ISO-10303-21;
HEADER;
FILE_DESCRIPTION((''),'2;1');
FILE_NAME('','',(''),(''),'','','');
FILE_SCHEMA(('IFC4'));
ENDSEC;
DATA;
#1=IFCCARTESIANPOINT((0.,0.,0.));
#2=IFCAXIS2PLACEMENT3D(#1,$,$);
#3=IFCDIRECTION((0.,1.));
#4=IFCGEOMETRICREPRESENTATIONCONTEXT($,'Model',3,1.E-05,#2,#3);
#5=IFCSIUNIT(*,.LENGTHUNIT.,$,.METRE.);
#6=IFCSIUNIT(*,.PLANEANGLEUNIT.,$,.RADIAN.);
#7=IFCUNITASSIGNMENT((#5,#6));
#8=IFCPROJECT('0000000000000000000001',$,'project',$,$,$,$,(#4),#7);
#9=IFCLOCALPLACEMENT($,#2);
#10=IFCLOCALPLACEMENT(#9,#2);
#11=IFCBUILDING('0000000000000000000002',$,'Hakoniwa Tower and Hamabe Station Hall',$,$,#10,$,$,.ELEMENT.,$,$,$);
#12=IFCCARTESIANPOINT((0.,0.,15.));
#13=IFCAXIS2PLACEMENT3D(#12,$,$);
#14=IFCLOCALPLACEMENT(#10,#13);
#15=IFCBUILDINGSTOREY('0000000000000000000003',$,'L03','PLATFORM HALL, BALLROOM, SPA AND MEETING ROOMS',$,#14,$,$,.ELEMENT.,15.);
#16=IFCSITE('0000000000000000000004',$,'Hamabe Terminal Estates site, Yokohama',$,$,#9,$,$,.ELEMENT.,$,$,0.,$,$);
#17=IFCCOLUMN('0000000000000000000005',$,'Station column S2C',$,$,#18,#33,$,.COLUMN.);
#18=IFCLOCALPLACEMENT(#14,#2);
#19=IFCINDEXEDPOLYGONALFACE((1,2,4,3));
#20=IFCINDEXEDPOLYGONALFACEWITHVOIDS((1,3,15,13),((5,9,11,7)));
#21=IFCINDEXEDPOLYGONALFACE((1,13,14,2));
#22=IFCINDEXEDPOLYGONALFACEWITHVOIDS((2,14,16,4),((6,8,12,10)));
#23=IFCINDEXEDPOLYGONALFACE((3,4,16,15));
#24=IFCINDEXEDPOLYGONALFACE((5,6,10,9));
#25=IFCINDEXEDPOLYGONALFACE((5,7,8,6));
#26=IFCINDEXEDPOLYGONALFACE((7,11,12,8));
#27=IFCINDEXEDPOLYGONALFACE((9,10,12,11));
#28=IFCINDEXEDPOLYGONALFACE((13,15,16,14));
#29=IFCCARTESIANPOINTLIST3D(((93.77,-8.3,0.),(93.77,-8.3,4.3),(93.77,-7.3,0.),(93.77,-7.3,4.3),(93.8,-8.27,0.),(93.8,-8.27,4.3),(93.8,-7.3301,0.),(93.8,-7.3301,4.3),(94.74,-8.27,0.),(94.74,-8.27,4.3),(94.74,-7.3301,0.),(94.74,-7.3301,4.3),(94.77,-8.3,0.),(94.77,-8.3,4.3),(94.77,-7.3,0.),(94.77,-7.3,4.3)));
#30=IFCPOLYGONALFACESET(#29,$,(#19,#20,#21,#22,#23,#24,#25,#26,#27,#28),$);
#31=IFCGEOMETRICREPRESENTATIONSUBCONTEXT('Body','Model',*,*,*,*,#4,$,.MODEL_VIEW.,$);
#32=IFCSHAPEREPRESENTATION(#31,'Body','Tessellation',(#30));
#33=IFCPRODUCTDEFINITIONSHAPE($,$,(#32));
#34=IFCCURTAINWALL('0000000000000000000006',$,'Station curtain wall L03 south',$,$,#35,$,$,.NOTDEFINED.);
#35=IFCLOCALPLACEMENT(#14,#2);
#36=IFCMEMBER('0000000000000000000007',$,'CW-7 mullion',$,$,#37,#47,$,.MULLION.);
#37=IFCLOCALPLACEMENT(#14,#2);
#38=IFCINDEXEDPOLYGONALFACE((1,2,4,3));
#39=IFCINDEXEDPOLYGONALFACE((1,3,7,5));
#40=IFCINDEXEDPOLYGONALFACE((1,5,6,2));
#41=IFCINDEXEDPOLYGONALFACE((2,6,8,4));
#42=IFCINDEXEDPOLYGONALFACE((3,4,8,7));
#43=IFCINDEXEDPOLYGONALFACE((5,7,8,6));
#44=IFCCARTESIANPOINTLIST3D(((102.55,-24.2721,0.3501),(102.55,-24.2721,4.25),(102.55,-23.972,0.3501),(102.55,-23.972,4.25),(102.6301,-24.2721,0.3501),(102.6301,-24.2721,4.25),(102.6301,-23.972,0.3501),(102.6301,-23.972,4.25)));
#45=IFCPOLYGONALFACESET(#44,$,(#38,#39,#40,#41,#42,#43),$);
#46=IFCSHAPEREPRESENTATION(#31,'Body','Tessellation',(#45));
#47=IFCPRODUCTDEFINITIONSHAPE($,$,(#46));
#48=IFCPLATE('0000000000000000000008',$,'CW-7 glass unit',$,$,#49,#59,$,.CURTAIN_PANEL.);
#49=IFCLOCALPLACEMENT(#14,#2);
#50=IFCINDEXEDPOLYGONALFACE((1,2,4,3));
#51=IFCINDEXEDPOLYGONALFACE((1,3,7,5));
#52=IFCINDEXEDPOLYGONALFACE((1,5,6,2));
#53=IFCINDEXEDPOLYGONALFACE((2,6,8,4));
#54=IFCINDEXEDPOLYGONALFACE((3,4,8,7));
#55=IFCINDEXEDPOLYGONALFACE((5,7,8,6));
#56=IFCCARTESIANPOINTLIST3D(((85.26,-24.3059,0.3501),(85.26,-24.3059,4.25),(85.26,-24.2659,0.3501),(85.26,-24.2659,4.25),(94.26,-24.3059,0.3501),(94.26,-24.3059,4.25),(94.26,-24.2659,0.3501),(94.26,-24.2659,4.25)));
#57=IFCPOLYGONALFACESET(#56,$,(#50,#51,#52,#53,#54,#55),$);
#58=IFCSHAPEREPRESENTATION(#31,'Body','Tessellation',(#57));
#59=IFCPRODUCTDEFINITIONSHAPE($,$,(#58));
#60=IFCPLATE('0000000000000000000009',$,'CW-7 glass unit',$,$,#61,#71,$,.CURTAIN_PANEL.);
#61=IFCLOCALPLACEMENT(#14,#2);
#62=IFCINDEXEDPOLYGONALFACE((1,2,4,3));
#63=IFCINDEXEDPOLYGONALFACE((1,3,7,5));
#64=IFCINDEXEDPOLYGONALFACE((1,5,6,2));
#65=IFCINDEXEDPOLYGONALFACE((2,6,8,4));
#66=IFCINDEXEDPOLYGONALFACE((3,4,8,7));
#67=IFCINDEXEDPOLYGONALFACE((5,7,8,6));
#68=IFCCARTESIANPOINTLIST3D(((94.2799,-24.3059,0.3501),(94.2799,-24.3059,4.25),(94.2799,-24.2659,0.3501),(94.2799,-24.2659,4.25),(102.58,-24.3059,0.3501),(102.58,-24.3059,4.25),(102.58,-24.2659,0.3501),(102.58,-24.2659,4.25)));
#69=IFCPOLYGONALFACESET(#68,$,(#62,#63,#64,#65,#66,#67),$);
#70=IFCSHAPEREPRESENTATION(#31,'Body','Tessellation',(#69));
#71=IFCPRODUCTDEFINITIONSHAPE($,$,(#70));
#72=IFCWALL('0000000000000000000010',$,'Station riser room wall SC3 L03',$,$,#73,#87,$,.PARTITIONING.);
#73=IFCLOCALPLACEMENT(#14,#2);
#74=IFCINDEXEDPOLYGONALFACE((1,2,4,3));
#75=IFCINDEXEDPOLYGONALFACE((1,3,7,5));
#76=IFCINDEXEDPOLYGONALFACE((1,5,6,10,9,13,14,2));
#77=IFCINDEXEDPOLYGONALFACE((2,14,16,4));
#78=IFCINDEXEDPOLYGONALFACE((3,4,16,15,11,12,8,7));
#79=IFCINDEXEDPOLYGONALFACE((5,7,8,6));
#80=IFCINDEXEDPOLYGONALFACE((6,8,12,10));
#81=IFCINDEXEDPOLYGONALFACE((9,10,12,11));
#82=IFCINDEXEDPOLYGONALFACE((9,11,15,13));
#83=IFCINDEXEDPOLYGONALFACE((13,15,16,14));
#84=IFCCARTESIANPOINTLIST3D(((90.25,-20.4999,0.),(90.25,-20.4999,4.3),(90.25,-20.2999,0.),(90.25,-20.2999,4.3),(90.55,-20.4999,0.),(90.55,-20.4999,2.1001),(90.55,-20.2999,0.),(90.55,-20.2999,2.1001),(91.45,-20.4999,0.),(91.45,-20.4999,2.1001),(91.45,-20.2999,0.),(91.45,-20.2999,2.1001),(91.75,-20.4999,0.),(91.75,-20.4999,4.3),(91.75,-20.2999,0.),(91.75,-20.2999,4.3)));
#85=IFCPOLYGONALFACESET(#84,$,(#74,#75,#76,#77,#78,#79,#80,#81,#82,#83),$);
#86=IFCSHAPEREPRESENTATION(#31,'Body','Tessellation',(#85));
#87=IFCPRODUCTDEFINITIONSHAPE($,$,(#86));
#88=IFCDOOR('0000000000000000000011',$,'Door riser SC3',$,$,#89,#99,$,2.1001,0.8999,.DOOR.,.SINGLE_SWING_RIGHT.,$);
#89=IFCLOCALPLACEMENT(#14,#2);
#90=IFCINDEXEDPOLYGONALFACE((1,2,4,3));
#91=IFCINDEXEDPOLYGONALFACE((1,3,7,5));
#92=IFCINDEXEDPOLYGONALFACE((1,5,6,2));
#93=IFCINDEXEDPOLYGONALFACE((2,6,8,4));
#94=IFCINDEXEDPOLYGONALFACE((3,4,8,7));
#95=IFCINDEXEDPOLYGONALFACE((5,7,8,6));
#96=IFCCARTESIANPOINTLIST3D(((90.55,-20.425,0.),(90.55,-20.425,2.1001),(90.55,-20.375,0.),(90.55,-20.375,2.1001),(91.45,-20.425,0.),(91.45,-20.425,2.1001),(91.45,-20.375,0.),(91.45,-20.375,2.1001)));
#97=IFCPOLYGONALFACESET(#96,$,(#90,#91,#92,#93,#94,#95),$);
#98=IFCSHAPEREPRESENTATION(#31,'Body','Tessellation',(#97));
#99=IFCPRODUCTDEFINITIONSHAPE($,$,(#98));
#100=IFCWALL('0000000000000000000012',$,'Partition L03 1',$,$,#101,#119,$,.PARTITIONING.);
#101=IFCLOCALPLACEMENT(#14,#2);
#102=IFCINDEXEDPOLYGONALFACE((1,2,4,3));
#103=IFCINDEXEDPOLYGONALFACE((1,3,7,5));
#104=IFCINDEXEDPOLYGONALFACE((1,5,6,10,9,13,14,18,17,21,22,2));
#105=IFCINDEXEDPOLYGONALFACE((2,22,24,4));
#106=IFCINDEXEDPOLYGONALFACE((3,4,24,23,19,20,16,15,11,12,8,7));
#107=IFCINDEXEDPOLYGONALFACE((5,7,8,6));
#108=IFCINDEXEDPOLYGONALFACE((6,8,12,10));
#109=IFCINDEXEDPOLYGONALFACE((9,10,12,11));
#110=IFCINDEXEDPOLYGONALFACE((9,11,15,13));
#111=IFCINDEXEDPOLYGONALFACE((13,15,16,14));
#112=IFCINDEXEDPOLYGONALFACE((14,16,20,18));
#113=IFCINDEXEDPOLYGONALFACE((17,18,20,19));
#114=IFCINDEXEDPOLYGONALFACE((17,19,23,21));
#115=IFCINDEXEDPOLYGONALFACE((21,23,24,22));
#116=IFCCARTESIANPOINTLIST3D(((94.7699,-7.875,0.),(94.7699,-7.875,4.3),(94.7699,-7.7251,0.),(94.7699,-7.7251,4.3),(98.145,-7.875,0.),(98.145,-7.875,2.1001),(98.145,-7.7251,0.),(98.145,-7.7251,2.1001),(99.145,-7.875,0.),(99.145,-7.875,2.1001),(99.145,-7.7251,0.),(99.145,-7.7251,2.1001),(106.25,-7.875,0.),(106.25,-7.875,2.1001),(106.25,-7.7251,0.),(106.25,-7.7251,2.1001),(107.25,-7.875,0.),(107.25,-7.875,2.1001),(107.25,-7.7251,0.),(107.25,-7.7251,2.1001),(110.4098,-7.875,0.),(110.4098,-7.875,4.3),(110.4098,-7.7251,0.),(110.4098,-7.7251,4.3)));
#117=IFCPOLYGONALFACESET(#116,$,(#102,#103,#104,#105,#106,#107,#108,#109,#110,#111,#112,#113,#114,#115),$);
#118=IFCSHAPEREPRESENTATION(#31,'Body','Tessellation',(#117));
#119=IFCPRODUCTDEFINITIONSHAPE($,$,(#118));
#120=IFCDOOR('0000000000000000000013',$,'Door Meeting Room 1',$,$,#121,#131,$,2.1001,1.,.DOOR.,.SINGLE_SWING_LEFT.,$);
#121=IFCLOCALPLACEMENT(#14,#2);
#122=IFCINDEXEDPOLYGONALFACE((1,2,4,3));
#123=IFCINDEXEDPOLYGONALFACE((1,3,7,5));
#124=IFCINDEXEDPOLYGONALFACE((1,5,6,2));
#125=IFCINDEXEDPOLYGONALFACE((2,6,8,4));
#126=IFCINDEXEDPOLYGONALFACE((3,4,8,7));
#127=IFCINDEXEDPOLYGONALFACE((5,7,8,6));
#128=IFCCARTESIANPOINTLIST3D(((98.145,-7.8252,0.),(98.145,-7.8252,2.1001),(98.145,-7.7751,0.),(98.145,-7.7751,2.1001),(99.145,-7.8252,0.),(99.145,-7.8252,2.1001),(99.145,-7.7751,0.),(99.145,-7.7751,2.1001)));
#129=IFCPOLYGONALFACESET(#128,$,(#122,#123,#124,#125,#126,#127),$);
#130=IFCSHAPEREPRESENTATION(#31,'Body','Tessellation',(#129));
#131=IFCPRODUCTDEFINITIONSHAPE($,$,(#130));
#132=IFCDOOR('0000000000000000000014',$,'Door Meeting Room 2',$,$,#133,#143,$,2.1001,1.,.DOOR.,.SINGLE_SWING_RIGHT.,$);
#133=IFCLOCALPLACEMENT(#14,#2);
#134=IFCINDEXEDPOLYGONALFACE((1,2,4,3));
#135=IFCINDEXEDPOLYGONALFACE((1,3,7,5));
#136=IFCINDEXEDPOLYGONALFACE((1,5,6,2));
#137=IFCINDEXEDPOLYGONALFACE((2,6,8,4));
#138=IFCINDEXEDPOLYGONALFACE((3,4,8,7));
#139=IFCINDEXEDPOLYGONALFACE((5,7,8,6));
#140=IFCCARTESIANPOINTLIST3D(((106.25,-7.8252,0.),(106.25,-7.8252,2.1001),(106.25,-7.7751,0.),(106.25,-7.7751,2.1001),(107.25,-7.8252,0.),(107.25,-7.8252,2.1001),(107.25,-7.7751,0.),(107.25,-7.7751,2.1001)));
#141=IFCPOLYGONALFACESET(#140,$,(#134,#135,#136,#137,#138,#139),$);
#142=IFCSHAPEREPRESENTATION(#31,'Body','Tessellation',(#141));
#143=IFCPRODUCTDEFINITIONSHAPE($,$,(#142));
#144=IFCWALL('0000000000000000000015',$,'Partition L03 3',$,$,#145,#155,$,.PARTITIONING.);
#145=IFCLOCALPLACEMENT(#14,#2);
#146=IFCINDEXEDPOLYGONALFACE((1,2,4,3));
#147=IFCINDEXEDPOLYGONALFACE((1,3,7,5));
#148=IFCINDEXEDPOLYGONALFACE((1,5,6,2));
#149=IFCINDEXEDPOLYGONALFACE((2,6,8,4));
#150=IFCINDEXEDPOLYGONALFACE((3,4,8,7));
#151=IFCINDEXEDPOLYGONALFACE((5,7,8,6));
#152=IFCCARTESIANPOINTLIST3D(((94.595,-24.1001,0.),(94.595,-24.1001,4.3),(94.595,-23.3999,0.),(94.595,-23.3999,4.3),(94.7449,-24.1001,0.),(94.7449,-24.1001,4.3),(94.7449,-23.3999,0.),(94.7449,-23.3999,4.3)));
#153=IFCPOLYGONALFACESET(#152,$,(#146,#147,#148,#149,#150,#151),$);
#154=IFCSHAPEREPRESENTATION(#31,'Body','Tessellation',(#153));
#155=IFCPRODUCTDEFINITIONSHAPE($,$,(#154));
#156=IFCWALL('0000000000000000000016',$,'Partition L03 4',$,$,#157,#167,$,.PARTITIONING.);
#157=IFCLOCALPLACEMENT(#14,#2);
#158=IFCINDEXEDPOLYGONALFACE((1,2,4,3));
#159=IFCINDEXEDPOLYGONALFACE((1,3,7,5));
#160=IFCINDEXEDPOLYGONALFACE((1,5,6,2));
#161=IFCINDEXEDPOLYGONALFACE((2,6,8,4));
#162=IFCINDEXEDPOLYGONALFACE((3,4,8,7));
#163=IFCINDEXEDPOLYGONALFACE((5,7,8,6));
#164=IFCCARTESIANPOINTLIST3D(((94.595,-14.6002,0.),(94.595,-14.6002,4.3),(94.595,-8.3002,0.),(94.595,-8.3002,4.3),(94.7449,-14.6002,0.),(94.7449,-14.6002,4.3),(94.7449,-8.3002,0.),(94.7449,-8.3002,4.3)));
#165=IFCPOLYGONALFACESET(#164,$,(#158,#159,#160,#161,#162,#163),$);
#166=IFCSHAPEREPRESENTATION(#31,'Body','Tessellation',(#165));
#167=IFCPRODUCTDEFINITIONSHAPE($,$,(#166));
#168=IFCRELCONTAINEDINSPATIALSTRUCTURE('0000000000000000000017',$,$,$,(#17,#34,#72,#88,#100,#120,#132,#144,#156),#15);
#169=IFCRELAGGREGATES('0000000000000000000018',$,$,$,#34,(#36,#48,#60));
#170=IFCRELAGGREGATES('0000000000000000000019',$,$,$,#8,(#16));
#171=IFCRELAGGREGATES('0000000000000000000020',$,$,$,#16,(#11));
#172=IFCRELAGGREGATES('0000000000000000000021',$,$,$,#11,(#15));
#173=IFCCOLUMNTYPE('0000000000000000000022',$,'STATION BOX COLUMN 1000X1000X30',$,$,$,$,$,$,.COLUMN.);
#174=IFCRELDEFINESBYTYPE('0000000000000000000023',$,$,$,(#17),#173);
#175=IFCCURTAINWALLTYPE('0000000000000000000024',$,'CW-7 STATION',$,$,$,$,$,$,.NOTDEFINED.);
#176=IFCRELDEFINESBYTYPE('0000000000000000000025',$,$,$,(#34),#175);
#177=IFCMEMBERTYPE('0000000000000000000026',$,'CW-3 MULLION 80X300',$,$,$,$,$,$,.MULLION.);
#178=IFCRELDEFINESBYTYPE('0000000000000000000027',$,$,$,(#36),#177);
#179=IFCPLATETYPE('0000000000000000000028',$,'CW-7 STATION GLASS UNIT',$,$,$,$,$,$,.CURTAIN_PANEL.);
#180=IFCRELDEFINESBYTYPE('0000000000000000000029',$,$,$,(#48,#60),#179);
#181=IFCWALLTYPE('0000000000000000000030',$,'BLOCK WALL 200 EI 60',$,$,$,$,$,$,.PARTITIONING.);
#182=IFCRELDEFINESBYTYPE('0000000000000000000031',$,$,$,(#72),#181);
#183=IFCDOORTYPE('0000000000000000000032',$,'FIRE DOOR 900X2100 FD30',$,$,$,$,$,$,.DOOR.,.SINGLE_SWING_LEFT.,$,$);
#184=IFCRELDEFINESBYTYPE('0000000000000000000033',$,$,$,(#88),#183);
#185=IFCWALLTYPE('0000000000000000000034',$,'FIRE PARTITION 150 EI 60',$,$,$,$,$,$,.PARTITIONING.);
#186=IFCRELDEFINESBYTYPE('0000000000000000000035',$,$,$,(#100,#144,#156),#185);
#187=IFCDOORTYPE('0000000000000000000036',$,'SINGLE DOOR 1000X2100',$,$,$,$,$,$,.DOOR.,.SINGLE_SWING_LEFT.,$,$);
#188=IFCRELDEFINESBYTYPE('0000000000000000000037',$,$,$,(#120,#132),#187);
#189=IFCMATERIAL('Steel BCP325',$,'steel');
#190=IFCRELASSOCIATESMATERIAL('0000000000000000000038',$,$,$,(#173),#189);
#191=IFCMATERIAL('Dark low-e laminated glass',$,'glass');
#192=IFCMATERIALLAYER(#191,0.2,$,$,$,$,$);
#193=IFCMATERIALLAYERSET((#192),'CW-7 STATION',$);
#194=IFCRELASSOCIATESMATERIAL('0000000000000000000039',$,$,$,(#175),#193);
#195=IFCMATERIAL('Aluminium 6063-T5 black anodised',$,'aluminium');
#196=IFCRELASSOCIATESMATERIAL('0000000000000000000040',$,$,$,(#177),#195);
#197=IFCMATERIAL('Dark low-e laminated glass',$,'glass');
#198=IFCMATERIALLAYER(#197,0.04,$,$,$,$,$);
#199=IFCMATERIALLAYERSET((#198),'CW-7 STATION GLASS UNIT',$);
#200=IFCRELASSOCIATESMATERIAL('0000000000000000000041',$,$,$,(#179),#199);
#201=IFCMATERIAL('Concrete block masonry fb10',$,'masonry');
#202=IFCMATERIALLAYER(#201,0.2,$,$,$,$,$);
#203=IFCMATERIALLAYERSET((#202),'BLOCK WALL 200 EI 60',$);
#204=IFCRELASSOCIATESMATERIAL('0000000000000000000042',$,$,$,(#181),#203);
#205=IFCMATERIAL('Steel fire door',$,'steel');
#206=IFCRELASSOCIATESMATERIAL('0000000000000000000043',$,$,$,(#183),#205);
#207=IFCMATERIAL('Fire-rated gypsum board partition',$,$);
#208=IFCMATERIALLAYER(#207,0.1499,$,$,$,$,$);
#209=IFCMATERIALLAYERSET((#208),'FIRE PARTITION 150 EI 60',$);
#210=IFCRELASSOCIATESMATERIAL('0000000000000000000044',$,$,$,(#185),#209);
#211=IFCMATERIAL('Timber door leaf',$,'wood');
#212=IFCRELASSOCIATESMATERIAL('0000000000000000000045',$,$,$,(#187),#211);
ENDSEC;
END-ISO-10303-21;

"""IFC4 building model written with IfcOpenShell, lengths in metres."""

from ifc_helpers import new_model, si_unit, direction, frame, frame_2d, origin, origin_2d, place, context, subcontext, project, spatial, rectangle, hollow_rectangle, extrude, material, layer, layer_set, material_profile, profile_set, type_object, element, fill, aggregate, save


model = new_model("IFC4")

# Units and contexts
model_context = context("Model", 3, precision=1e-05, world=origin(), true_north=direction((0.0, 1.0)))
body_context = subcontext(model_context, "Body", "Model", "MODEL_VIEW")
ifc_project = project(units=[si_unit("LENGTHUNIT", "METRE"), si_unit("PLANEANGLEUNIT", "RADIAN")], contexts=[model_context])

# Site, building, storey
site_placement = place(None, origin())
site = spatial("IfcSite", under=ifc_project, at=site_placement, Name="Hamabe Terminal Estates site, Yokohama", CompositionType="ELEMENT", RefElevation=0.0)
building_placement = place(site_placement, origin())
building = spatial("IfcBuilding", under=site, at=building_placement, Name="Hakoniwa Tower and Hamabe Station Hall", CompositionType="ELEMENT")
storey_placement = place(building_placement, frame((0.0, 0.0, 15.0)))
storey = spatial("IfcBuildingStorey", under=building, at=storey_placement, Name="L03", Description="PLATFORM HALL, BALLROOM, SPA AND MEETING ROOMS", CompositionType="ELEMENT", Elevation=15.0)

# Column
ifc_material_1 = material(Name="Steel BCP325", Category="steel")
ifc_material_profile_1 = material_profile(ifc_material_1, hollow_rectangle(XDim=1.0, YDim=1.0, WallThickness=0.03, at=origin_2d()), Name="STATION BOX COLUMN 1000X1000X30")
ifc_profile_set_1 = profile_set([ifc_material_profile_1], Name="Steel BCP325")
column_type = type_object("IfcColumnType", Name="STATION BOX COLUMN 1000X1000X30", PredefinedType="COLUMN", material=ifc_profile_set_1)
column_placement = place(storey_placement, frame((94.27, -7.8, 0.0), z_axis=(0.0, 0.0, 1.0), x_axis=(1.0, 0.0, 0.0)))
element("IfcColumn", 1, at=column_placement, inside=storey, type_object=column_type, Name="Station column S2C", PredefinedType="COLUMN", context=body_context, shape_type="SweptSolid", body=[
    extrude(hollow_rectangle(XDim=1.0, YDim=1.0, WallThickness=0.03, at=origin_2d()), origin(), (0.0, 0.0, 1.0), 4.3),
])

# Curtain wall, member, plates
ifc_material_2 = material(Name="Dark low-e laminated glass", Category="glass")
ifc_layer_1 = layer(ifc_material_2, 0.2)
ifc_layer_set_1 = layer_set([ifc_layer_1], Name="CW-7 STATION")
curtain_wall_type = type_object("IfcCurtainWallType", Name="CW-7 STATION", PredefinedType="NOTDEFINED", material=ifc_layer_set_1)
curtain_wall_placement = place(storey_placement, origin())
curtain_wall = element("IfcCurtainWall", 2, at=curtain_wall_placement, inside=storey, type_object=curtain_wall_type, Name="Station curtain wall L03 south", PredefinedType="NOTDEFINED")
ifc_material_3 = material(Name="Aluminium 6063-T5 black anodised", Category="aluminium")
ifc_material_profile_2 = material_profile(ifc_material_3, rectangle(XDim=0.0801, YDim=0.3, at=origin_2d()), Name="CW-3 MULLION 80X300")
ifc_profile_set_2 = profile_set([ifc_material_profile_2], Name="Aluminium 6063-T5 black anodised")
member_type = type_object("IfcMemberType", Name="CW-3 MULLION 80X300", PredefinedType="MULLION", material=ifc_profile_set_2)
member_placement = place(storey_placement, frame((102.5901, -24.1221, 0.3501), z_axis=(0.0, 0.0, 1.0), x_axis=(1.0, 0.0, 0.0)))
member = element("IfcMember", 3, at=member_placement, type_object=member_type, Name="CW-7 mullion", PredefinedType="MULLION", context=body_context, shape_type="SweptSolid", body=[
    extrude(rectangle(XDim=0.0801, YDim=0.3, at=origin_2d()), origin(), (0.0, 0.0, 1.0), 3.8999),
])
ifc_material_4 = material(Name="Dark low-e laminated glass", Category="glass")
ifc_layer_2 = layer(ifc_material_4, 0.04)
ifc_layer_set_2 = layer_set([ifc_layer_2], Name="CW-7 STATION GLASS UNIT")
plate_type = type_object("IfcPlateType", Name="CW-7 STATION GLASS UNIT", PredefinedType="CURTAIN_PANEL", material=ifc_layer_set_2)
plate_1_placement = place(storey_placement, frame((89.76, -24.2859, 0.3501), z_axis=(0.0, 0.0, 1.0), x_axis=(1.0, 0.0, 0.0)))
plate_1 = element("IfcPlate", 4, at=plate_1_placement, type_object=plate_type, Name="CW-7 glass unit", PredefinedType="CURTAIN_PANEL", context=body_context, shape_type="SweptSolid", body=[
    extrude(rectangle(XDim=9.0, YDim=0.04, at=origin_2d()), origin(), (0.0, 0.0, 1.0), 3.8999),
])
plate_2_placement = place(storey_placement, frame((98.4299, -24.2859, 0.3501), z_axis=(0.0, 0.0, 1.0), x_axis=(1.0, 0.0, 0.0)))
plate_2 = element("IfcPlate", 5, at=plate_2_placement, type_object=plate_type, Name="CW-7 glass unit", PredefinedType="CURTAIN_PANEL", context=body_context, shape_type="SweptSolid", body=[
    extrude(rectangle(XDim=8.3, YDim=0.04, at=origin_2d()), origin(), (0.0, 0.0, 1.0), 3.8999),
])
aggregate(curtain_wall, [member, plate_1, plate_2])

# Wall, opening, door
ifc_material_5 = material(Name="Concrete block masonry fb10", Category="masonry")
ifc_layer_3 = layer(ifc_material_5, 0.2)
ifc_layer_set_3 = layer_set([ifc_layer_3], Name="BLOCK WALL 200 EI 60")
wall_type_1 = type_object("IfcWallType", Name="BLOCK WALL 200 EI 60", PredefinedType="PARTITIONING", material=ifc_layer_set_3)
wall_1_placement = place(storey_placement, frame((90.25, -20.3999, 0.0), z_axis=(0.0, 0.0, 1.0), x_axis=(1.0, 0.0, 0.0)))
wall_1 = element("IfcWall", 6, at=wall_1_placement, inside=storey, type_object=wall_type_1, Name="Station riser room wall SC3 L03", PredefinedType="PARTITIONING", context=body_context, shape_type="SweptSolid", body=[
    extrude(rectangle(XDim=1.5, YDim=0.2, at=frame_2d((0.75, 0.0))), origin(), (0.0, 0.0, 1.0), 4.3),
])
opening_1_placement = place(wall_1_placement, frame((0.3, 0.0, 0.0)))
opening_1 = element("IfcOpeningElement", 7, at=opening_1_placement, cuts=wall_1, PredefinedType="OPENING", context=body_context, shape_type="SweptSolid", body=[
    extrude(rectangle(XDim=0.8999, YDim=2.1001, at=frame_2d((0.45, 1.05))), frame((0.0, 0.1099, 0.0), z_axis=(0.0, -1.0, 0.0), x_axis=(1.0, 0.0, 0.0)), (0.0, 0.0, 1.0), 0.22),
])
ifc_material_6 = material(Name="Steel fire door", Category="steel")
door_type_1 = type_object("IfcDoorType", Name="FIRE DOOR 900X2100 FD30", OperationType="SINGLE_SWING_LEFT", PredefinedType="DOOR", material=ifc_material_6)
door_1_placement = place(opening_1_placement, origin())
door_1 = element("IfcDoor", 8, at=door_1_placement, inside=storey, type_object=door_type_1, Name="Door riser SC3", OperationType="SINGLE_SWING_RIGHT", OverallHeight=2.1001, OverallWidth=0.8999, PredefinedType="DOOR", context=body_context, shape_type="SweptSolid", body=[
    extrude(rectangle(XDim=0.8999, YDim=2.1001, at=frame_2d((0.45, 1.05))), frame((0.0, 0.0249, 0.0), z_axis=(0.0, -1.0, 0.0), x_axis=(1.0, 0.0, 0.0)), (0.0, 0.0, 1.0), 0.05),
])
fill(opening_1, door_1)

# Wall, openings, doors
ifc_material_7 = material(Name="Fire-rated gypsum board partition")
ifc_layer_4 = layer(ifc_material_7, 0.1499)
ifc_layer_set_4 = layer_set([ifc_layer_4], Name="FIRE PARTITION 150 EI 60")
wall_type_2 = type_object("IfcWallType", Name="FIRE PARTITION 150 EI 60", PredefinedType="PARTITIONING", material=ifc_layer_set_4)
wall_2_placement = place(storey_placement, frame((94.77, -7.8, 0.0), z_axis=(0.0, 0.0, 1.0), x_axis=(1.0, 0.0, 0.0)))
wall_2 = element("IfcWall", 9, at=wall_2_placement, inside=storey, type_object=wall_type_2, Name="Partition L03 1", PredefinedType="PARTITIONING", context=body_context, shape_type="SweptSolid", body=[
    extrude(rectangle(XDim=15.6399, YDim=0.1499, at=frame_2d((7.8198, 0.0))), origin(), (0.0, 0.0, 1.0), 4.3),
])
opening_2_placement = place(wall_2_placement, frame((3.375, 0.0, 0.0)))
opening_2 = element("IfcOpeningElement", 10, at=opening_2_placement, cuts=wall_2, PredefinedType="OPENING", context=body_context, shape_type="SweptSolid", body=[
    extrude(rectangle(XDim=1.0, YDim=2.1001, at=frame_2d((0.5, 1.05))), frame((0.0, 0.085, 0.0), z_axis=(0.0, -1.0, 0.0), x_axis=(1.0, 0.0, 0.0)), (0.0, 0.0, 1.0), 0.1699),
])
opening_3_placement = place(wall_2_placement, frame((11.48, 0.0, 0.0)))
opening_3 = element("IfcOpeningElement", 11, at=opening_3_placement, cuts=wall_2, PredefinedType="OPENING", context=body_context, shape_type="SweptSolid", body=[
    extrude(rectangle(XDim=1.0, YDim=2.1001, at=frame_2d((0.5, 1.05))), frame((0.0, 0.085, 0.0), z_axis=(0.0, -1.0, 0.0), x_axis=(1.0, 0.0, 0.0)), (0.0, 0.0, 1.0), 0.1699),
])
ifc_material_8 = material(Name="Timber door leaf", Category="wood")
door_type_2 = type_object("IfcDoorType", Name="SINGLE DOOR 1000X2100", OperationType="SINGLE_SWING_LEFT", PredefinedType="DOOR", material=ifc_material_8)
door_2_placement = place(opening_2_placement, origin())
door_2 = element("IfcDoor", 12, at=door_2_placement, inside=storey, type_object=door_type_2, Name="Door Meeting Room 1", OperationType="SINGLE_SWING_LEFT", OverallHeight=2.1001, OverallWidth=1.0, PredefinedType="DOOR", context=body_context, shape_type="SweptSolid", body=[
    extrude(rectangle(XDim=1.0, YDim=2.1001, at=frame_2d((0.5, 1.05))), frame((0.0, 0.0249, 0.0), z_axis=(0.0, -1.0, 0.0), x_axis=(1.0, 0.0, 0.0)), (0.0, 0.0, 1.0), 0.05),
])
fill(opening_2, door_2)
door_3_placement = place(opening_3_placement, origin())
door_3 = element("IfcDoor", 13, at=door_3_placement, inside=storey, type_object=door_type_2, Name="Door Meeting Room 2", OperationType="SINGLE_SWING_RIGHT", OverallHeight=2.1001, OverallWidth=1.0, PredefinedType="DOOR", context=body_context, shape_type="SweptSolid", body=[
    extrude(rectangle(XDim=1.0, YDim=2.1001, at=frame_2d((0.5, 1.05))), frame((0.0, 0.0249, 0.0), z_axis=(0.0, -1.0, 0.0), x_axis=(1.0, 0.0, 0.0)), (0.0, 0.0, 1.0), 0.05),
])
fill(opening_3, door_3)

# Walls
wall_3_placement = place(storey_placement, frame((94.6699, -24.1001, 0.0), z_axis=(0.0, 0.0, 1.0), x_axis=(0.0, 1.0, 0.0)))
element("IfcWall", 14, at=wall_3_placement, inside=storey, type_object=wall_type_2, Name="Partition L03 3", PredefinedType="PARTITIONING", context=body_context, shape_type="SweptSolid", body=[
    extrude(rectangle(XDim=0.7002, YDim=0.1499, at=frame_2d((0.3501, 0.0))), origin(), (0.0, 0.0, 1.0), 4.3),
])
wall_4_placement = place(storey_placement, frame((94.6699, -14.6001, 0.0), z_axis=(0.0, 0.0, 1.0), x_axis=(0.0, 1.0, 0.0)))
element("IfcWall", 15, at=wall_4_placement, inside=storey, type_object=wall_type_2, Name="Partition L03 4", PredefinedType="PARTITIONING", context=body_context, shape_type="SweptSolid", body=[
    extrude(rectangle(XDim=6.3, YDim=0.1499, at=frame_2d((3.1499, 0.0))), origin(), (0.0, 0.0, 1.0), 4.3),
])

save(model, "model.ifc")
